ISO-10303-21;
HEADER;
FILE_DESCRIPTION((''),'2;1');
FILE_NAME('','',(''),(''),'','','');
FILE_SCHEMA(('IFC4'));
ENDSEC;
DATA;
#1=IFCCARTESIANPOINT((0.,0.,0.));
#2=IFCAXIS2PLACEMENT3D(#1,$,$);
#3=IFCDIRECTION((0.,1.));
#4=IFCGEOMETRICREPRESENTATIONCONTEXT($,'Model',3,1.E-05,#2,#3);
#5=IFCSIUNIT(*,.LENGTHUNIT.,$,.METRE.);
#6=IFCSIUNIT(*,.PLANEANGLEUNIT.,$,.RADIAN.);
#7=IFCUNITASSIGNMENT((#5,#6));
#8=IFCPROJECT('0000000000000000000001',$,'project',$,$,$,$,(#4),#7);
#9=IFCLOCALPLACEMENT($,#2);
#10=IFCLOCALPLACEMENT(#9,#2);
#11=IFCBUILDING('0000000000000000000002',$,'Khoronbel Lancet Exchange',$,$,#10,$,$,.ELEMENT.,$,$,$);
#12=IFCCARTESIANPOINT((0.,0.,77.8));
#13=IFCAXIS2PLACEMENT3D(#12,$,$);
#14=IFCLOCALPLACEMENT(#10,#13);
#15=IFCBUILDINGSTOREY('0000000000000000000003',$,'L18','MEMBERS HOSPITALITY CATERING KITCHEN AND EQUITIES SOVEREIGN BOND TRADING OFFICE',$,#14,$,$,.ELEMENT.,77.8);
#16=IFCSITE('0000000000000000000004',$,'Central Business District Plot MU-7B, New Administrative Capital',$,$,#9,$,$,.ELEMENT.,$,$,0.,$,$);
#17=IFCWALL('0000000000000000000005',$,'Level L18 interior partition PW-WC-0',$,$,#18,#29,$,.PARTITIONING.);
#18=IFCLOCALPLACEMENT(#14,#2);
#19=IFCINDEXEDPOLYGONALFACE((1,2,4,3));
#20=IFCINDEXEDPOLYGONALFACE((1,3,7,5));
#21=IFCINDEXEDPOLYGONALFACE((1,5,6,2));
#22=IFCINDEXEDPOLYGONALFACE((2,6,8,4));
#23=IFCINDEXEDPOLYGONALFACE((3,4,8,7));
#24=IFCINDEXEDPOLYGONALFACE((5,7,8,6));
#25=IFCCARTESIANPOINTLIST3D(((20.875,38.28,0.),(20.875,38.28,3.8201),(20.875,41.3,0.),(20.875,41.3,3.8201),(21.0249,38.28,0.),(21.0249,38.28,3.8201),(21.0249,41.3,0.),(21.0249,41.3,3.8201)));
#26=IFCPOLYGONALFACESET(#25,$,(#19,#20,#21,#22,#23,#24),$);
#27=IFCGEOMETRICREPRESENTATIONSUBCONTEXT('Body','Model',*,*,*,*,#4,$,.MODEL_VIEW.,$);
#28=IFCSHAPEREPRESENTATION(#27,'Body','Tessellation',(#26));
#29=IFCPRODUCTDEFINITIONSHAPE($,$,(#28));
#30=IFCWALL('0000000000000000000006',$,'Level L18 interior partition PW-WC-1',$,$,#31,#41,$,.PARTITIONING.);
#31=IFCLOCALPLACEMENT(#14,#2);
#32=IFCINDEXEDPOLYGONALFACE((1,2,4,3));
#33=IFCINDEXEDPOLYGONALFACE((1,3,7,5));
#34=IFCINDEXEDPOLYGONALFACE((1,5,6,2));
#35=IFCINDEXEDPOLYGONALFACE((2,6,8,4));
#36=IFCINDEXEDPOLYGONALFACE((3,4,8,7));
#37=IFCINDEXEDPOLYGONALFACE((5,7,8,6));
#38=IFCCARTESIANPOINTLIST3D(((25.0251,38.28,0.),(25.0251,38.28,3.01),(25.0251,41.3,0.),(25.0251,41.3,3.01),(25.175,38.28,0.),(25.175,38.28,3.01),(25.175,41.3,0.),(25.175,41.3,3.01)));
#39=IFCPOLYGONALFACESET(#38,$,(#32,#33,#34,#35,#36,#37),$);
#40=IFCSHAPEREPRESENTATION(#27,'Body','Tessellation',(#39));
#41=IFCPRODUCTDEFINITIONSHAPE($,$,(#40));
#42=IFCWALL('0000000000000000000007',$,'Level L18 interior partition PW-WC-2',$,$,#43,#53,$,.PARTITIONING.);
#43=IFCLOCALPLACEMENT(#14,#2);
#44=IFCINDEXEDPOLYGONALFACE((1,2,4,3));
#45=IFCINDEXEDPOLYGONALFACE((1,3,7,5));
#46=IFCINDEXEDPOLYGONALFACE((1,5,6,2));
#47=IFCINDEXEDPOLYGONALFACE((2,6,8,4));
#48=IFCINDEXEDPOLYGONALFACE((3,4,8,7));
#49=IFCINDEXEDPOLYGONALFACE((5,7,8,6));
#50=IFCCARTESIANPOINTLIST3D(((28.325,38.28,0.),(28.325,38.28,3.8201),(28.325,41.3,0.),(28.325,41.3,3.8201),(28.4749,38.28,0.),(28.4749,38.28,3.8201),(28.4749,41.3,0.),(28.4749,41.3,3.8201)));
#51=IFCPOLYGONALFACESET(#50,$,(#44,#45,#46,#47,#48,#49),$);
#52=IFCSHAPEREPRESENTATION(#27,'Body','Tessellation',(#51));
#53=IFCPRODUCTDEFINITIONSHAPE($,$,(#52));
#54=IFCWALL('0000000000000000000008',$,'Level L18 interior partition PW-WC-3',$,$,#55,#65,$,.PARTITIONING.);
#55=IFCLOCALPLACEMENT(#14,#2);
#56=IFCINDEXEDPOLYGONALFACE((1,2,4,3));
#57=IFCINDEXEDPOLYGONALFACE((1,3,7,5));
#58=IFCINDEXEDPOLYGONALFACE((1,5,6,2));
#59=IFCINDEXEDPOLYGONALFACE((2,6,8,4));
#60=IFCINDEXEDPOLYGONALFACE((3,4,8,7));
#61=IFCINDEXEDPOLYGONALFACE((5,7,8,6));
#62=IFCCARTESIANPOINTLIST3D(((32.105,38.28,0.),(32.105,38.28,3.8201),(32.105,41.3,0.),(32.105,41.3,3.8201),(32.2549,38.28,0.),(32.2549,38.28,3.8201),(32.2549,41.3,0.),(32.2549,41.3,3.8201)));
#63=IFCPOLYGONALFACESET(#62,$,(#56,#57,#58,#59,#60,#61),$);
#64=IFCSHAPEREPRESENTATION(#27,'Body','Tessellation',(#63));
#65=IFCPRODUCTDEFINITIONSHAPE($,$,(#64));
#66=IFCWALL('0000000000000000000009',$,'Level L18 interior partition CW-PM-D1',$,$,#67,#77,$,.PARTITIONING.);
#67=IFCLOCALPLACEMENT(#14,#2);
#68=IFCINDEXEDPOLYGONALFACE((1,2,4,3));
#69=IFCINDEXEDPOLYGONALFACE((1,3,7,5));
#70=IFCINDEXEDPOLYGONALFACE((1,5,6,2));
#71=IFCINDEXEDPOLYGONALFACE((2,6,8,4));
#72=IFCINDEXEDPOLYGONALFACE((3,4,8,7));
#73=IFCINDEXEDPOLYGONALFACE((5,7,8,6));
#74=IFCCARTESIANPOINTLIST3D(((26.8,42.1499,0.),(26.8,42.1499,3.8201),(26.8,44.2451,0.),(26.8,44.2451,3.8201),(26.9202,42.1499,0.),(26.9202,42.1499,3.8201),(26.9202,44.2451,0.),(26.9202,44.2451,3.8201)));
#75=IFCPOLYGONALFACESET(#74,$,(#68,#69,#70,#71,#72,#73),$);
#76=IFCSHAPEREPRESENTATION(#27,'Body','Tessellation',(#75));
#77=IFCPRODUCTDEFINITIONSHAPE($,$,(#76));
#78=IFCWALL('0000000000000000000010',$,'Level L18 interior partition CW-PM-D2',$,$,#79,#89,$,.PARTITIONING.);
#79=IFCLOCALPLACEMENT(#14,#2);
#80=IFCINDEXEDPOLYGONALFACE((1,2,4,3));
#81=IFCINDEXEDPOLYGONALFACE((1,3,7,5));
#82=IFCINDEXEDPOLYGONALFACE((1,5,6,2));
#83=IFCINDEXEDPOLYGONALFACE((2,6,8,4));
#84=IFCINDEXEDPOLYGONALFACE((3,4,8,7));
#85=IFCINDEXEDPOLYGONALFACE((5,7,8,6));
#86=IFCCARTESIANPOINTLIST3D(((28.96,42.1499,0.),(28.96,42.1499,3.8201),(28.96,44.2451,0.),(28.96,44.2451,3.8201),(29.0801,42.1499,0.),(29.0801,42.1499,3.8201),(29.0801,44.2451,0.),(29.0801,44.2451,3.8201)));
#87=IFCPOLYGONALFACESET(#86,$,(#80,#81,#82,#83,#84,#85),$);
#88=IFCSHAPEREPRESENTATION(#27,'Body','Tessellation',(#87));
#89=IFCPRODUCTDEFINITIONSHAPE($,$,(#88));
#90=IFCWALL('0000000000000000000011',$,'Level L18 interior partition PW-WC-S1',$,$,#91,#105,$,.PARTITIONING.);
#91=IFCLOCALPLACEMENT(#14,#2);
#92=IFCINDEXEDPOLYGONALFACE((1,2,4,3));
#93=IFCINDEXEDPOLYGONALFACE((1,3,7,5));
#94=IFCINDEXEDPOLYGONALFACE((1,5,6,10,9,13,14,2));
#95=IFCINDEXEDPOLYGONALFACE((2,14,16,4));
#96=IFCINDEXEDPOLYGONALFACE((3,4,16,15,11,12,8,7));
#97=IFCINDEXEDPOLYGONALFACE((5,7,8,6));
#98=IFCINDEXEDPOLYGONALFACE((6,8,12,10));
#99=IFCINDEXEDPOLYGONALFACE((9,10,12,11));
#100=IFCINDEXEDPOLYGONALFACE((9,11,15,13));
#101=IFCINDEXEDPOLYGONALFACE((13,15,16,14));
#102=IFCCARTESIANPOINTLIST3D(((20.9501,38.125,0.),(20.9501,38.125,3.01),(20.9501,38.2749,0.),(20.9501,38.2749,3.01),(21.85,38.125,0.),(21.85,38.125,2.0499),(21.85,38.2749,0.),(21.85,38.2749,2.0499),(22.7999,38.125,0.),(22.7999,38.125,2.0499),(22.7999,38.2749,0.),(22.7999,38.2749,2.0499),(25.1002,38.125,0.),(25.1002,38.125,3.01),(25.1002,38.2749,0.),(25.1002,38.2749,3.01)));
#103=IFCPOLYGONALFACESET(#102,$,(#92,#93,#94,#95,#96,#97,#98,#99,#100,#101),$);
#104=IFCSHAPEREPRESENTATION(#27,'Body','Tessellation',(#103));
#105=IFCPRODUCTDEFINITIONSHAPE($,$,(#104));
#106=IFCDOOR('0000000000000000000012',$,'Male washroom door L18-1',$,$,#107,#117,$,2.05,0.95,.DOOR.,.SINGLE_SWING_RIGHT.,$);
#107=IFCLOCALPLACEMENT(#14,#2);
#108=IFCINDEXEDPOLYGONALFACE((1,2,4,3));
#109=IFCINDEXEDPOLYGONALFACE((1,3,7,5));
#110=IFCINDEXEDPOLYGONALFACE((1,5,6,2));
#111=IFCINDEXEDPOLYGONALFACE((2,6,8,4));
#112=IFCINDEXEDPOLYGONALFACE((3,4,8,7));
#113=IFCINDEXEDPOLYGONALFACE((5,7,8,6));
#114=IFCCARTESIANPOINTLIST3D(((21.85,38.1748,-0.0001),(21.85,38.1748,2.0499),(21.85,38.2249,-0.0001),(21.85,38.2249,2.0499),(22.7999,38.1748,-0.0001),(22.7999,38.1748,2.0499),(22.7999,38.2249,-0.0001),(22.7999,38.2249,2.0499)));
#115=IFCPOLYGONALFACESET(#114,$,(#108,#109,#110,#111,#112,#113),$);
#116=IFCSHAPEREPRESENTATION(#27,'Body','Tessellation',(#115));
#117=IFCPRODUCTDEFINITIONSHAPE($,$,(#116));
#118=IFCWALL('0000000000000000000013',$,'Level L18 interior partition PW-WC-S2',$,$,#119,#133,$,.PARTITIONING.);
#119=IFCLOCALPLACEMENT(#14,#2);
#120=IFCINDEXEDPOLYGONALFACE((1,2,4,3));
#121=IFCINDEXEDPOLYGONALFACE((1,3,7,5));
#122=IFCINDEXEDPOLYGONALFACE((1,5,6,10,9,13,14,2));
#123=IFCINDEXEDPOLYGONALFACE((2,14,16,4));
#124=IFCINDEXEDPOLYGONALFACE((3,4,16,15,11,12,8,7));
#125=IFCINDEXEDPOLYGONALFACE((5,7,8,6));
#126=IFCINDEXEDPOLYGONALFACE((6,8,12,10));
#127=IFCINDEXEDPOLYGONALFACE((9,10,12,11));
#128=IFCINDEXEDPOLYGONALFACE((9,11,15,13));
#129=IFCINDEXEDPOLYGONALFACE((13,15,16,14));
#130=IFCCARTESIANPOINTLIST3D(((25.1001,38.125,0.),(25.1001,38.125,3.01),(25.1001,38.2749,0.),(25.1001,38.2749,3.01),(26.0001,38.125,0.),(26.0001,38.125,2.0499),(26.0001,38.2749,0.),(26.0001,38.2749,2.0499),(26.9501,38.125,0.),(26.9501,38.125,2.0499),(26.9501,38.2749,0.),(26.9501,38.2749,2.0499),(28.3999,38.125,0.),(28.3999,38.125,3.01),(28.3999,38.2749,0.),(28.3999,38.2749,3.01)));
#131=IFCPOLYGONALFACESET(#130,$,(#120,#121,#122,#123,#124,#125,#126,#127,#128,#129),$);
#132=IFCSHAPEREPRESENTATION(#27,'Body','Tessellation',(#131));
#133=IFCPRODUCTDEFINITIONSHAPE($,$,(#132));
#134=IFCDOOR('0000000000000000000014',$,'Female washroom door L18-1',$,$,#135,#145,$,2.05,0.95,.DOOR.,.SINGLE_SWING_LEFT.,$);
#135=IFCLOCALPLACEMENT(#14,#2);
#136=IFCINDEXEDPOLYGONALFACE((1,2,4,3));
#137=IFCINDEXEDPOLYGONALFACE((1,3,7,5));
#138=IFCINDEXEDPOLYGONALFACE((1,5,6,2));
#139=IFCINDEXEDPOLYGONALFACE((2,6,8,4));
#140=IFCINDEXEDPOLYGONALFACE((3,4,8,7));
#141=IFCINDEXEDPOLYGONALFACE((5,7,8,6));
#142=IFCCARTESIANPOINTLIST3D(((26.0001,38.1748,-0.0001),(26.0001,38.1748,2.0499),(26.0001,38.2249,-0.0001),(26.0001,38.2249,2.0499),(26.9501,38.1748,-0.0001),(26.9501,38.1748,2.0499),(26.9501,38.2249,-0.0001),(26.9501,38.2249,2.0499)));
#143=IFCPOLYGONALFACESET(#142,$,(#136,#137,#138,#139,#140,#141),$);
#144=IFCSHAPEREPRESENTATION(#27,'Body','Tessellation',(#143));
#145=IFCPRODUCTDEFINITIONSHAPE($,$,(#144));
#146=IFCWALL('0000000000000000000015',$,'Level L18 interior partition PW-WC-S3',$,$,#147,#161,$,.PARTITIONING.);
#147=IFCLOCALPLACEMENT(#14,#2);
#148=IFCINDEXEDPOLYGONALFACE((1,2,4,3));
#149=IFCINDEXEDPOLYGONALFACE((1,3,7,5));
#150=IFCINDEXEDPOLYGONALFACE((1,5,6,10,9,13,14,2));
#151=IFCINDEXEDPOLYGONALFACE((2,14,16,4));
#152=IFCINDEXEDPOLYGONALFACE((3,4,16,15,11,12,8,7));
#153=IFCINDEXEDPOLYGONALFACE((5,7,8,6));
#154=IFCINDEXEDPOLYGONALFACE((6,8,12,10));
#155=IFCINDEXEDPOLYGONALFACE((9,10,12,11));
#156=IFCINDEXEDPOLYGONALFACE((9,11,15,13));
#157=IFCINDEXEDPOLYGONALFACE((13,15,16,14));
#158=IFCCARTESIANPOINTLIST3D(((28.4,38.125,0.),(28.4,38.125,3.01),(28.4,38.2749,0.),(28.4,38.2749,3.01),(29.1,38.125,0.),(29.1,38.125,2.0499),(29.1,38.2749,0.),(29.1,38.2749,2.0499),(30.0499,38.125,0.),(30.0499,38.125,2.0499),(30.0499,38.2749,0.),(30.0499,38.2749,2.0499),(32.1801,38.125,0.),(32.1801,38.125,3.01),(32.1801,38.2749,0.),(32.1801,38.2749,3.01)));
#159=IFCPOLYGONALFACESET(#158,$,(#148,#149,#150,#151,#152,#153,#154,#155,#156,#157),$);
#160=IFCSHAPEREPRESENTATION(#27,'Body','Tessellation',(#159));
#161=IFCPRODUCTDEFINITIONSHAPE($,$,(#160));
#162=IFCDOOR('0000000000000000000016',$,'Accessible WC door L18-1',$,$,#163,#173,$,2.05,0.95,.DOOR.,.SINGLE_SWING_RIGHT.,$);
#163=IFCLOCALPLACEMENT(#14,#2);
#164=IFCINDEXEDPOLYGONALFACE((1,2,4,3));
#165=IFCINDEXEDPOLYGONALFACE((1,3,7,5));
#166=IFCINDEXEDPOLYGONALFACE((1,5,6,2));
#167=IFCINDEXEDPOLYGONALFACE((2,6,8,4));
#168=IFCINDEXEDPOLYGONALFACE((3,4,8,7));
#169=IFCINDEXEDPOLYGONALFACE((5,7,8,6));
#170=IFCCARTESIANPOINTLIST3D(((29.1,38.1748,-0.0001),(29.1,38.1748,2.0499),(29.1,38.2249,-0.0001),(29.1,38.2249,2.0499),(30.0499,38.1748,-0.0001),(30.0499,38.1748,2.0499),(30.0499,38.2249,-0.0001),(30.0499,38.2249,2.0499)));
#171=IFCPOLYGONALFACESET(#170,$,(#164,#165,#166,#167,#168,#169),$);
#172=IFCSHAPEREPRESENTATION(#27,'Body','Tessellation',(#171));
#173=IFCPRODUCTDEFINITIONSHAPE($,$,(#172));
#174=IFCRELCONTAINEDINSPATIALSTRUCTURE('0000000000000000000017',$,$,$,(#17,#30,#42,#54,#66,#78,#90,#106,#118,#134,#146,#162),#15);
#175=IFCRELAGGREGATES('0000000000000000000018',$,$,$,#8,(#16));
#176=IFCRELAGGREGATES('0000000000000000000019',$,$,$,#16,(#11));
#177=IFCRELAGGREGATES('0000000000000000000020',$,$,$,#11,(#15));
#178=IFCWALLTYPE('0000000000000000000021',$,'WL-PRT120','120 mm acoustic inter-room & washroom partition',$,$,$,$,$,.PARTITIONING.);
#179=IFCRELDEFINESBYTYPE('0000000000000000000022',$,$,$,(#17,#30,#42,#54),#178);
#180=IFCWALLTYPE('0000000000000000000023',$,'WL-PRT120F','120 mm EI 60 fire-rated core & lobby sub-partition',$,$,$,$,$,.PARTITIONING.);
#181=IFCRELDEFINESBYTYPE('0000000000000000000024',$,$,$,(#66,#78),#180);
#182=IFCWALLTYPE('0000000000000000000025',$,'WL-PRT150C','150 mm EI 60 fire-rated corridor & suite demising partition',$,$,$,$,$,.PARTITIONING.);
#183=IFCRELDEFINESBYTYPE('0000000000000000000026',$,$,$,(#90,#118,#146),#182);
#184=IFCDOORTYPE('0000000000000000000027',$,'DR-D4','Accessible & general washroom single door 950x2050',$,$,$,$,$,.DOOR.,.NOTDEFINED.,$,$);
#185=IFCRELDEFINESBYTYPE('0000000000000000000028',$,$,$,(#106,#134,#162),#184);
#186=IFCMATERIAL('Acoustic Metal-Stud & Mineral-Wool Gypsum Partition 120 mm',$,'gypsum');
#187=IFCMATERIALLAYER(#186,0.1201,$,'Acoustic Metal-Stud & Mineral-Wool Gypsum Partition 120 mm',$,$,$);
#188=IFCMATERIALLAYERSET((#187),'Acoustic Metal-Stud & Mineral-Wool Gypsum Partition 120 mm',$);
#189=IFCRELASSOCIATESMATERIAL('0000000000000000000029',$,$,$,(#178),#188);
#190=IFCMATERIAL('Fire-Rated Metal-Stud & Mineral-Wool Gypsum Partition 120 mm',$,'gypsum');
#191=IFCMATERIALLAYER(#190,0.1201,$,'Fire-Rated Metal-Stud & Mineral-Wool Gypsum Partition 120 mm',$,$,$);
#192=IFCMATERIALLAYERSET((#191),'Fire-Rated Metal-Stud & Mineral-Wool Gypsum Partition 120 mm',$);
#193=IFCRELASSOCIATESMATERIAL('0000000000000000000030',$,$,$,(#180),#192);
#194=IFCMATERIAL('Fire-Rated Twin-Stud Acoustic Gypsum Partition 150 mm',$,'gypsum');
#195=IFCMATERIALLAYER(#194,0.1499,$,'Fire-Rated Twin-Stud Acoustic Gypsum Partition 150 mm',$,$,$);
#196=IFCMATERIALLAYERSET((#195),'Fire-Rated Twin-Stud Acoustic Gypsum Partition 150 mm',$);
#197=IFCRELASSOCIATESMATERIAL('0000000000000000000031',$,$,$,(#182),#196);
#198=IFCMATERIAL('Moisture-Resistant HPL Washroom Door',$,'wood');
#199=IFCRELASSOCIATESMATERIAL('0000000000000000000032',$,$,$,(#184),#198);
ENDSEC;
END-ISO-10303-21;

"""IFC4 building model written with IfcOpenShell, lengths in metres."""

from ifc_helpers import new_model, si_unit, direction, frame, frame_2d, origin, place, context, subcontext, project, spatial, rectangle, extrude, material, layer, layer_set, type_object, element, fill, save


model = new_model("IFC4")

# Units and contexts
model_context = context("Model", 3, precision=1e-05, world=origin(), true_north=direction((0.0, 1.0)))
body_context = subcontext(model_context, "Body", "Model", "MODEL_VIEW")
ifc_project = project(units=[si_unit("LENGTHUNIT", "METRE"), si_unit("PLANEANGLEUNIT", "RADIAN")], contexts=[model_context])

# Site, building, storey
site_placement = place(None, origin())
site = spatial("IfcSite", under=ifc_project, at=site_placement, Name="Central Business District Plot MU-7B, New Administrative Capital", CompositionType="ELEMENT", RefElevation=0.0)
building_placement = place(site_placement, origin())
building = spatial("IfcBuilding", under=site, at=building_placement, Name="Khoronbel Lancet Exchange", CompositionType="ELEMENT")
storey_placement = place(building_placement, frame((0.0, 0.0, 77.8)))
storey = spatial("IfcBuildingStorey", under=building, at=storey_placement, Name="L18", Description="MEMBERS HOSPITALITY CATERING KITCHEN AND EQUITIES SOVEREIGN BOND TRADING OFFICE", CompositionType="ELEMENT", Elevation=77.8)

# Walls
ifc_material_1 = material(Name="Acoustic Metal-Stud & Mineral-Wool Gypsum Partition 120 mm", Category="gypsum")
ifc_layer_1 = layer(ifc_material_1, 0.1201, Name="Acoustic Metal-Stud & Mineral-Wool Gypsum Partition 120 mm")
ifc_layer_set_1 = layer_set([ifc_layer_1], Name="Acoustic Metal-Stud & Mineral-Wool Gypsum Partition 120 mm")
wall_type_1 = type_object("IfcWallType", Name="WL-PRT120", Description="120 mm acoustic inter-room & washroom partition", PredefinedType="PARTITIONING", material=ifc_layer_set_1)
wall_1_placement = place(storey_placement, frame((20.95, 38.28, 0.0), z_axis=(0.0, 0.0, 1.0), x_axis=(0.0, 1.0, 0.0)))
element("IfcWall", 1, at=wall_1_placement, inside=storey, type_object=wall_type_1, Name="Level L18 interior partition PW-WC-0", PredefinedType="PARTITIONING", context=body_context, shape_type="SweptSolid", body=[
    extrude(rectangle(XDim=3.02, YDim=0.1499, at=frame_2d((1.51, 0.0))), origin(), (0.0, 0.0, 1.0), 3.8201),
])
wall_2_placement = place(storey_placement, frame((25.1001, 38.28, 0.0), z_axis=(0.0, 0.0, 1.0), x_axis=(0.0, 1.0, 0.0)))
element("IfcWall", 2, at=wall_2_placement, inside=storey, type_object=wall_type_1, Name="Level L18 interior partition PW-WC-1", PredefinedType="PARTITIONING", context=body_context, shape_type="SweptSolid", body=[
    extrude(rectangle(XDim=3.02, YDim=0.1499, at=frame_2d((1.51, 0.0))), origin(), (0.0, 0.0, 1.0), 3.01),
])
for number, where, z_axis, x_axis, name in (
    (3, (28.3999, 38.28, 0.0), (0.0, 0.0, 1.0), (0.0, 1.0, 0.0), "Level L18 interior partition PW-WC-2"),
    (4, (32.1799, 38.28, 0.0), (0.0, 0.0, 1.0), (0.0, 1.0, 0.0), "Level L18 interior partition PW-WC-3"),
):
    element("IfcWall", number, at=place(storey_placement, frame(where, z_axis=z_axis, x_axis=x_axis)), inside=storey, type_object=wall_type_1, Name=name, PredefinedType="PARTITIONING", context=body_context, shape_type="SweptSolid", body=[
        extrude(rectangle(XDim=3.02, YDim=0.1499, at=frame_2d((1.51, 0.0))), origin(), (0.0, 0.0, 1.0), 3.8201),
    ])
ifc_material_2 = material(Name="Fire-Rated Metal-Stud & Mineral-Wool Gypsum Partition 120 mm", Category="gypsum")
ifc_layer_2 = layer(ifc_material_2, 0.1201, Name="Fire-Rated Metal-Stud & Mineral-Wool Gypsum Partition 120 mm")
ifc_layer_set_2 = layer_set([ifc_layer_2], Name="Fire-Rated Metal-Stud & Mineral-Wool Gypsum Partition 120 mm")
wall_type_2 = type_object("IfcWallType", Name="WL-PRT120F", Description="120 mm EI 60 fire-rated core & lobby sub-partition", PredefinedType="PARTITIONING", material=ifc_layer_set_2)
for number, where, z_axis, x_axis, name in (
    (5, (26.8601, 42.1499, 0.0), (0.0, 0.0, 1.0), (0.0, 1.0, 0.0), "Level L18 interior partition CW-PM-D1"),
    (6, (29.02, 42.1499, 0.0), (0.0, 0.0, 1.0), (0.0, 1.0, 0.0), "Level L18 interior partition CW-PM-D2"),
):
    element("IfcWall", number, at=place(storey_placement, frame(where, z_axis=z_axis, x_axis=x_axis)), inside=storey, type_object=wall_type_2, Name=name, PredefinedType="PARTITIONING", context=body_context, shape_type="SweptSolid", body=[
        extrude(rectangle(XDim=2.0952, YDim=0.1201, at=frame_2d((1.0476, 0.0))), origin(), (0.0, 0.0, 1.0), 3.8201),
    ])

# Walls, openings, doors
ifc_material_3 = material(Name="Fire-Rated Twin-Stud Acoustic Gypsum Partition 150 mm", Category="gypsum")
ifc_layer_3 = layer(ifc_material_3, 0.1499, Name="Fire-Rated Twin-Stud Acoustic Gypsum Partition 150 mm")
ifc_layer_set_3 = layer_set([ifc_layer_3], Name="Fire-Rated Twin-Stud Acoustic Gypsum Partition 150 mm")
wall_type_3 = type_object("IfcWallType", Name="WL-PRT150C", Description="150 mm EI 60 fire-rated corridor & suite demising partition", PredefinedType="PARTITIONING", material=ifc_layer_set_3)
wall_3_placement = place(storey_placement, frame((20.95, 38.2, 0.0), z_axis=(0.0, 0.0, 1.0), x_axis=(1.0, 0.0, 0.0)))
wall_3 = element("IfcWall", 7, at=wall_3_placement, inside=storey, type_object=wall_type_3, Name="Level L18 interior partition PW-WC-S1", PredefinedType="PARTITIONING", context=body_context, shape_type="SweptSolid", body=[
    extrude(rectangle(XDim=4.1501, YDim=0.1499, at=frame_2d((2.0752, 0.0))), origin(), (0.0, 0.0, 1.0), 3.01),
])
opening_1_placement = place(wall_3_placement, frame((0.8999, 0.0, 0.0)))
opening_1 = element("IfcOpeningElement", 8, at=opening_1_placement, cuts=wall_3, PredefinedType="OPENING", context=body_context, shape_type="SweptSolid", body=[
    extrude(rectangle(XDim=0.95, YDim=2.05, at=frame_2d((0.4751, 1.0249))), frame((0.0, 0.085, 0.0), z_axis=(0.0, -1.0, 0.0), x_axis=(1.0, 0.0, 0.0)), (0.0, 0.0, 1.0), 0.1699),
])
ifc_material_4 = material(Name="Moisture-Resistant HPL Washroom Door", Category="wood")
door_type_1 = type_object("IfcDoorType", Name="DR-D4", Description="Accessible & general washroom single door 950x2050", OperationType="NOTDEFINED", PredefinedType="DOOR", material=ifc_material_4)
door_1_placement = place(opening_1_placement, origin())
door_1 = element("IfcDoor", 9, at=door_1_placement, inside=storey, type_object=door_type_1, Name="Male washroom door L18-1", OperationType="SINGLE_SWING_RIGHT", OverallHeight=2.05, OverallWidth=0.95, PredefinedType="DOOR", context=body_context, shape_type="SweptSolid", body=[
    extrude(rectangle(XDim=0.95, YDim=2.05, at=frame_2d((0.4751, 1.0249))), frame((0.0, 0.0249, 0.0), z_axis=(0.0, -1.0, 0.0), x_axis=(1.0, 0.0, 0.0)), (0.0, 0.0, 1.0), 0.05),
])
fill(opening_1, door_1)
wall_4_placement = place(storey_placement, frame((25.1001, 38.2, 0.0), z_axis=(0.0, 0.0, 1.0), x_axis=(1.0, 0.0, 0.0)))
wall_4 = element("IfcWall", 10, at=wall_4_placement, inside=storey, type_object=wall_type_3, Name="Level L18 interior partition PW-WC-S2", PredefinedType="PARTITIONING", context=body_context, shape_type="SweptSolid", body=[
    extrude(rectangle(XDim=3.2998, YDim=0.1499, at=frame_2d((1.6499, 0.0))), origin(), (0.0, 0.0, 1.0), 3.01),
])
opening_2_placement = place(wall_4_placement, frame((0.8999, 0.0, 0.0)))
opening_2 = element("IfcOpeningElement", 11, at=opening_2_placement, cuts=wall_4, PredefinedType="OPENING", context=body_context, shape_type="SweptSolid", body=[
    extrude(rectangle(XDim=0.95, YDim=2.05, at=frame_2d((0.4751, 1.0249))), frame((0.0, 0.085, 0.0), z_axis=(0.0, -1.0, 0.0), x_axis=(1.0, 0.0, 0.0)), (0.0, 0.0, 1.0), 0.1699),
])
door_2_placement = place(opening_2_placement, origin())
door_2 = element("IfcDoor", 12, at=door_2_placement, inside=storey, type_object=door_type_1, Name="Female washroom door L18-1", OperationType="SINGLE_SWING_LEFT", OverallHeight=2.05, OverallWidth=0.95, PredefinedType="DOOR", context=body_context, shape_type="SweptSolid", body=[
    extrude(rectangle(XDim=0.95, YDim=2.05, at=frame_2d((0.4751, 1.0249))), frame((0.0, 0.0249, 0.0), z_axis=(0.0, -1.0, 0.0), x_axis=(1.0, 0.0, 0.0)), (0.0, 0.0, 1.0), 0.05),
])
fill(opening_2, door_2)
wall_5_placement = place(storey_placement, frame((28.3999, 38.2, 0.0), z_axis=(0.0, 0.0, 1.0), x_axis=(1.0, 0.0, 0.0)))
wall_5 = element("IfcWall", 13, at=wall_5_placement, inside=storey, type_object=wall_type_3, Name="Level L18 interior partition PW-WC-S3", PredefinedType="PARTITIONING", context=body_context, shape_type="SweptSolid", body=[
    extrude(rectangle(XDim=3.78, YDim=0.1499, at=frame_2d((1.8901, 0.0))), origin(), (0.0, 0.0, 1.0), 3.01),
])
opening_3_placement = place(wall_5_placement, frame((0.7, 0.0, 0.0)))
opening_3 = element("IfcOpeningElement", 14, at=opening_3_placement, cuts=wall_5, PredefinedType="OPENING", context=body_context, shape_type="SweptSolid", body=[
    extrude(rectangle(XDim=0.95, YDim=2.05, at=frame_2d((0.4751, 1.0249))), frame((0.0, 0.085, 0.0), z_axis=(0.0, -1.0, 0.0), x_axis=(1.0, 0.0, 0.0)), (0.0, 0.0, 1.0), 0.1699),
])
door_3_placement = place(opening_3_placement, origin())
door_3 = element("IfcDoor", 15, at=door_3_placement, inside=storey, type_object=door_type_1, Name="Accessible WC door L18-1", OperationType="SINGLE_SWING_RIGHT", OverallHeight=2.05, OverallWidth=0.95, PredefinedType="DOOR", context=body_context, shape_type="SweptSolid", body=[
    extrude(rectangle(XDim=0.95, YDim=2.05, at=frame_2d((0.4751, 1.0249))), frame((0.0, 0.0249, 0.0), z_axis=(0.0, -1.0, 0.0), x_axis=(1.0, 0.0, 0.0)), (0.0, 0.0, 1.0), 0.05),
])
fill(opening_3, door_3)

save(model, "model.ifc")
